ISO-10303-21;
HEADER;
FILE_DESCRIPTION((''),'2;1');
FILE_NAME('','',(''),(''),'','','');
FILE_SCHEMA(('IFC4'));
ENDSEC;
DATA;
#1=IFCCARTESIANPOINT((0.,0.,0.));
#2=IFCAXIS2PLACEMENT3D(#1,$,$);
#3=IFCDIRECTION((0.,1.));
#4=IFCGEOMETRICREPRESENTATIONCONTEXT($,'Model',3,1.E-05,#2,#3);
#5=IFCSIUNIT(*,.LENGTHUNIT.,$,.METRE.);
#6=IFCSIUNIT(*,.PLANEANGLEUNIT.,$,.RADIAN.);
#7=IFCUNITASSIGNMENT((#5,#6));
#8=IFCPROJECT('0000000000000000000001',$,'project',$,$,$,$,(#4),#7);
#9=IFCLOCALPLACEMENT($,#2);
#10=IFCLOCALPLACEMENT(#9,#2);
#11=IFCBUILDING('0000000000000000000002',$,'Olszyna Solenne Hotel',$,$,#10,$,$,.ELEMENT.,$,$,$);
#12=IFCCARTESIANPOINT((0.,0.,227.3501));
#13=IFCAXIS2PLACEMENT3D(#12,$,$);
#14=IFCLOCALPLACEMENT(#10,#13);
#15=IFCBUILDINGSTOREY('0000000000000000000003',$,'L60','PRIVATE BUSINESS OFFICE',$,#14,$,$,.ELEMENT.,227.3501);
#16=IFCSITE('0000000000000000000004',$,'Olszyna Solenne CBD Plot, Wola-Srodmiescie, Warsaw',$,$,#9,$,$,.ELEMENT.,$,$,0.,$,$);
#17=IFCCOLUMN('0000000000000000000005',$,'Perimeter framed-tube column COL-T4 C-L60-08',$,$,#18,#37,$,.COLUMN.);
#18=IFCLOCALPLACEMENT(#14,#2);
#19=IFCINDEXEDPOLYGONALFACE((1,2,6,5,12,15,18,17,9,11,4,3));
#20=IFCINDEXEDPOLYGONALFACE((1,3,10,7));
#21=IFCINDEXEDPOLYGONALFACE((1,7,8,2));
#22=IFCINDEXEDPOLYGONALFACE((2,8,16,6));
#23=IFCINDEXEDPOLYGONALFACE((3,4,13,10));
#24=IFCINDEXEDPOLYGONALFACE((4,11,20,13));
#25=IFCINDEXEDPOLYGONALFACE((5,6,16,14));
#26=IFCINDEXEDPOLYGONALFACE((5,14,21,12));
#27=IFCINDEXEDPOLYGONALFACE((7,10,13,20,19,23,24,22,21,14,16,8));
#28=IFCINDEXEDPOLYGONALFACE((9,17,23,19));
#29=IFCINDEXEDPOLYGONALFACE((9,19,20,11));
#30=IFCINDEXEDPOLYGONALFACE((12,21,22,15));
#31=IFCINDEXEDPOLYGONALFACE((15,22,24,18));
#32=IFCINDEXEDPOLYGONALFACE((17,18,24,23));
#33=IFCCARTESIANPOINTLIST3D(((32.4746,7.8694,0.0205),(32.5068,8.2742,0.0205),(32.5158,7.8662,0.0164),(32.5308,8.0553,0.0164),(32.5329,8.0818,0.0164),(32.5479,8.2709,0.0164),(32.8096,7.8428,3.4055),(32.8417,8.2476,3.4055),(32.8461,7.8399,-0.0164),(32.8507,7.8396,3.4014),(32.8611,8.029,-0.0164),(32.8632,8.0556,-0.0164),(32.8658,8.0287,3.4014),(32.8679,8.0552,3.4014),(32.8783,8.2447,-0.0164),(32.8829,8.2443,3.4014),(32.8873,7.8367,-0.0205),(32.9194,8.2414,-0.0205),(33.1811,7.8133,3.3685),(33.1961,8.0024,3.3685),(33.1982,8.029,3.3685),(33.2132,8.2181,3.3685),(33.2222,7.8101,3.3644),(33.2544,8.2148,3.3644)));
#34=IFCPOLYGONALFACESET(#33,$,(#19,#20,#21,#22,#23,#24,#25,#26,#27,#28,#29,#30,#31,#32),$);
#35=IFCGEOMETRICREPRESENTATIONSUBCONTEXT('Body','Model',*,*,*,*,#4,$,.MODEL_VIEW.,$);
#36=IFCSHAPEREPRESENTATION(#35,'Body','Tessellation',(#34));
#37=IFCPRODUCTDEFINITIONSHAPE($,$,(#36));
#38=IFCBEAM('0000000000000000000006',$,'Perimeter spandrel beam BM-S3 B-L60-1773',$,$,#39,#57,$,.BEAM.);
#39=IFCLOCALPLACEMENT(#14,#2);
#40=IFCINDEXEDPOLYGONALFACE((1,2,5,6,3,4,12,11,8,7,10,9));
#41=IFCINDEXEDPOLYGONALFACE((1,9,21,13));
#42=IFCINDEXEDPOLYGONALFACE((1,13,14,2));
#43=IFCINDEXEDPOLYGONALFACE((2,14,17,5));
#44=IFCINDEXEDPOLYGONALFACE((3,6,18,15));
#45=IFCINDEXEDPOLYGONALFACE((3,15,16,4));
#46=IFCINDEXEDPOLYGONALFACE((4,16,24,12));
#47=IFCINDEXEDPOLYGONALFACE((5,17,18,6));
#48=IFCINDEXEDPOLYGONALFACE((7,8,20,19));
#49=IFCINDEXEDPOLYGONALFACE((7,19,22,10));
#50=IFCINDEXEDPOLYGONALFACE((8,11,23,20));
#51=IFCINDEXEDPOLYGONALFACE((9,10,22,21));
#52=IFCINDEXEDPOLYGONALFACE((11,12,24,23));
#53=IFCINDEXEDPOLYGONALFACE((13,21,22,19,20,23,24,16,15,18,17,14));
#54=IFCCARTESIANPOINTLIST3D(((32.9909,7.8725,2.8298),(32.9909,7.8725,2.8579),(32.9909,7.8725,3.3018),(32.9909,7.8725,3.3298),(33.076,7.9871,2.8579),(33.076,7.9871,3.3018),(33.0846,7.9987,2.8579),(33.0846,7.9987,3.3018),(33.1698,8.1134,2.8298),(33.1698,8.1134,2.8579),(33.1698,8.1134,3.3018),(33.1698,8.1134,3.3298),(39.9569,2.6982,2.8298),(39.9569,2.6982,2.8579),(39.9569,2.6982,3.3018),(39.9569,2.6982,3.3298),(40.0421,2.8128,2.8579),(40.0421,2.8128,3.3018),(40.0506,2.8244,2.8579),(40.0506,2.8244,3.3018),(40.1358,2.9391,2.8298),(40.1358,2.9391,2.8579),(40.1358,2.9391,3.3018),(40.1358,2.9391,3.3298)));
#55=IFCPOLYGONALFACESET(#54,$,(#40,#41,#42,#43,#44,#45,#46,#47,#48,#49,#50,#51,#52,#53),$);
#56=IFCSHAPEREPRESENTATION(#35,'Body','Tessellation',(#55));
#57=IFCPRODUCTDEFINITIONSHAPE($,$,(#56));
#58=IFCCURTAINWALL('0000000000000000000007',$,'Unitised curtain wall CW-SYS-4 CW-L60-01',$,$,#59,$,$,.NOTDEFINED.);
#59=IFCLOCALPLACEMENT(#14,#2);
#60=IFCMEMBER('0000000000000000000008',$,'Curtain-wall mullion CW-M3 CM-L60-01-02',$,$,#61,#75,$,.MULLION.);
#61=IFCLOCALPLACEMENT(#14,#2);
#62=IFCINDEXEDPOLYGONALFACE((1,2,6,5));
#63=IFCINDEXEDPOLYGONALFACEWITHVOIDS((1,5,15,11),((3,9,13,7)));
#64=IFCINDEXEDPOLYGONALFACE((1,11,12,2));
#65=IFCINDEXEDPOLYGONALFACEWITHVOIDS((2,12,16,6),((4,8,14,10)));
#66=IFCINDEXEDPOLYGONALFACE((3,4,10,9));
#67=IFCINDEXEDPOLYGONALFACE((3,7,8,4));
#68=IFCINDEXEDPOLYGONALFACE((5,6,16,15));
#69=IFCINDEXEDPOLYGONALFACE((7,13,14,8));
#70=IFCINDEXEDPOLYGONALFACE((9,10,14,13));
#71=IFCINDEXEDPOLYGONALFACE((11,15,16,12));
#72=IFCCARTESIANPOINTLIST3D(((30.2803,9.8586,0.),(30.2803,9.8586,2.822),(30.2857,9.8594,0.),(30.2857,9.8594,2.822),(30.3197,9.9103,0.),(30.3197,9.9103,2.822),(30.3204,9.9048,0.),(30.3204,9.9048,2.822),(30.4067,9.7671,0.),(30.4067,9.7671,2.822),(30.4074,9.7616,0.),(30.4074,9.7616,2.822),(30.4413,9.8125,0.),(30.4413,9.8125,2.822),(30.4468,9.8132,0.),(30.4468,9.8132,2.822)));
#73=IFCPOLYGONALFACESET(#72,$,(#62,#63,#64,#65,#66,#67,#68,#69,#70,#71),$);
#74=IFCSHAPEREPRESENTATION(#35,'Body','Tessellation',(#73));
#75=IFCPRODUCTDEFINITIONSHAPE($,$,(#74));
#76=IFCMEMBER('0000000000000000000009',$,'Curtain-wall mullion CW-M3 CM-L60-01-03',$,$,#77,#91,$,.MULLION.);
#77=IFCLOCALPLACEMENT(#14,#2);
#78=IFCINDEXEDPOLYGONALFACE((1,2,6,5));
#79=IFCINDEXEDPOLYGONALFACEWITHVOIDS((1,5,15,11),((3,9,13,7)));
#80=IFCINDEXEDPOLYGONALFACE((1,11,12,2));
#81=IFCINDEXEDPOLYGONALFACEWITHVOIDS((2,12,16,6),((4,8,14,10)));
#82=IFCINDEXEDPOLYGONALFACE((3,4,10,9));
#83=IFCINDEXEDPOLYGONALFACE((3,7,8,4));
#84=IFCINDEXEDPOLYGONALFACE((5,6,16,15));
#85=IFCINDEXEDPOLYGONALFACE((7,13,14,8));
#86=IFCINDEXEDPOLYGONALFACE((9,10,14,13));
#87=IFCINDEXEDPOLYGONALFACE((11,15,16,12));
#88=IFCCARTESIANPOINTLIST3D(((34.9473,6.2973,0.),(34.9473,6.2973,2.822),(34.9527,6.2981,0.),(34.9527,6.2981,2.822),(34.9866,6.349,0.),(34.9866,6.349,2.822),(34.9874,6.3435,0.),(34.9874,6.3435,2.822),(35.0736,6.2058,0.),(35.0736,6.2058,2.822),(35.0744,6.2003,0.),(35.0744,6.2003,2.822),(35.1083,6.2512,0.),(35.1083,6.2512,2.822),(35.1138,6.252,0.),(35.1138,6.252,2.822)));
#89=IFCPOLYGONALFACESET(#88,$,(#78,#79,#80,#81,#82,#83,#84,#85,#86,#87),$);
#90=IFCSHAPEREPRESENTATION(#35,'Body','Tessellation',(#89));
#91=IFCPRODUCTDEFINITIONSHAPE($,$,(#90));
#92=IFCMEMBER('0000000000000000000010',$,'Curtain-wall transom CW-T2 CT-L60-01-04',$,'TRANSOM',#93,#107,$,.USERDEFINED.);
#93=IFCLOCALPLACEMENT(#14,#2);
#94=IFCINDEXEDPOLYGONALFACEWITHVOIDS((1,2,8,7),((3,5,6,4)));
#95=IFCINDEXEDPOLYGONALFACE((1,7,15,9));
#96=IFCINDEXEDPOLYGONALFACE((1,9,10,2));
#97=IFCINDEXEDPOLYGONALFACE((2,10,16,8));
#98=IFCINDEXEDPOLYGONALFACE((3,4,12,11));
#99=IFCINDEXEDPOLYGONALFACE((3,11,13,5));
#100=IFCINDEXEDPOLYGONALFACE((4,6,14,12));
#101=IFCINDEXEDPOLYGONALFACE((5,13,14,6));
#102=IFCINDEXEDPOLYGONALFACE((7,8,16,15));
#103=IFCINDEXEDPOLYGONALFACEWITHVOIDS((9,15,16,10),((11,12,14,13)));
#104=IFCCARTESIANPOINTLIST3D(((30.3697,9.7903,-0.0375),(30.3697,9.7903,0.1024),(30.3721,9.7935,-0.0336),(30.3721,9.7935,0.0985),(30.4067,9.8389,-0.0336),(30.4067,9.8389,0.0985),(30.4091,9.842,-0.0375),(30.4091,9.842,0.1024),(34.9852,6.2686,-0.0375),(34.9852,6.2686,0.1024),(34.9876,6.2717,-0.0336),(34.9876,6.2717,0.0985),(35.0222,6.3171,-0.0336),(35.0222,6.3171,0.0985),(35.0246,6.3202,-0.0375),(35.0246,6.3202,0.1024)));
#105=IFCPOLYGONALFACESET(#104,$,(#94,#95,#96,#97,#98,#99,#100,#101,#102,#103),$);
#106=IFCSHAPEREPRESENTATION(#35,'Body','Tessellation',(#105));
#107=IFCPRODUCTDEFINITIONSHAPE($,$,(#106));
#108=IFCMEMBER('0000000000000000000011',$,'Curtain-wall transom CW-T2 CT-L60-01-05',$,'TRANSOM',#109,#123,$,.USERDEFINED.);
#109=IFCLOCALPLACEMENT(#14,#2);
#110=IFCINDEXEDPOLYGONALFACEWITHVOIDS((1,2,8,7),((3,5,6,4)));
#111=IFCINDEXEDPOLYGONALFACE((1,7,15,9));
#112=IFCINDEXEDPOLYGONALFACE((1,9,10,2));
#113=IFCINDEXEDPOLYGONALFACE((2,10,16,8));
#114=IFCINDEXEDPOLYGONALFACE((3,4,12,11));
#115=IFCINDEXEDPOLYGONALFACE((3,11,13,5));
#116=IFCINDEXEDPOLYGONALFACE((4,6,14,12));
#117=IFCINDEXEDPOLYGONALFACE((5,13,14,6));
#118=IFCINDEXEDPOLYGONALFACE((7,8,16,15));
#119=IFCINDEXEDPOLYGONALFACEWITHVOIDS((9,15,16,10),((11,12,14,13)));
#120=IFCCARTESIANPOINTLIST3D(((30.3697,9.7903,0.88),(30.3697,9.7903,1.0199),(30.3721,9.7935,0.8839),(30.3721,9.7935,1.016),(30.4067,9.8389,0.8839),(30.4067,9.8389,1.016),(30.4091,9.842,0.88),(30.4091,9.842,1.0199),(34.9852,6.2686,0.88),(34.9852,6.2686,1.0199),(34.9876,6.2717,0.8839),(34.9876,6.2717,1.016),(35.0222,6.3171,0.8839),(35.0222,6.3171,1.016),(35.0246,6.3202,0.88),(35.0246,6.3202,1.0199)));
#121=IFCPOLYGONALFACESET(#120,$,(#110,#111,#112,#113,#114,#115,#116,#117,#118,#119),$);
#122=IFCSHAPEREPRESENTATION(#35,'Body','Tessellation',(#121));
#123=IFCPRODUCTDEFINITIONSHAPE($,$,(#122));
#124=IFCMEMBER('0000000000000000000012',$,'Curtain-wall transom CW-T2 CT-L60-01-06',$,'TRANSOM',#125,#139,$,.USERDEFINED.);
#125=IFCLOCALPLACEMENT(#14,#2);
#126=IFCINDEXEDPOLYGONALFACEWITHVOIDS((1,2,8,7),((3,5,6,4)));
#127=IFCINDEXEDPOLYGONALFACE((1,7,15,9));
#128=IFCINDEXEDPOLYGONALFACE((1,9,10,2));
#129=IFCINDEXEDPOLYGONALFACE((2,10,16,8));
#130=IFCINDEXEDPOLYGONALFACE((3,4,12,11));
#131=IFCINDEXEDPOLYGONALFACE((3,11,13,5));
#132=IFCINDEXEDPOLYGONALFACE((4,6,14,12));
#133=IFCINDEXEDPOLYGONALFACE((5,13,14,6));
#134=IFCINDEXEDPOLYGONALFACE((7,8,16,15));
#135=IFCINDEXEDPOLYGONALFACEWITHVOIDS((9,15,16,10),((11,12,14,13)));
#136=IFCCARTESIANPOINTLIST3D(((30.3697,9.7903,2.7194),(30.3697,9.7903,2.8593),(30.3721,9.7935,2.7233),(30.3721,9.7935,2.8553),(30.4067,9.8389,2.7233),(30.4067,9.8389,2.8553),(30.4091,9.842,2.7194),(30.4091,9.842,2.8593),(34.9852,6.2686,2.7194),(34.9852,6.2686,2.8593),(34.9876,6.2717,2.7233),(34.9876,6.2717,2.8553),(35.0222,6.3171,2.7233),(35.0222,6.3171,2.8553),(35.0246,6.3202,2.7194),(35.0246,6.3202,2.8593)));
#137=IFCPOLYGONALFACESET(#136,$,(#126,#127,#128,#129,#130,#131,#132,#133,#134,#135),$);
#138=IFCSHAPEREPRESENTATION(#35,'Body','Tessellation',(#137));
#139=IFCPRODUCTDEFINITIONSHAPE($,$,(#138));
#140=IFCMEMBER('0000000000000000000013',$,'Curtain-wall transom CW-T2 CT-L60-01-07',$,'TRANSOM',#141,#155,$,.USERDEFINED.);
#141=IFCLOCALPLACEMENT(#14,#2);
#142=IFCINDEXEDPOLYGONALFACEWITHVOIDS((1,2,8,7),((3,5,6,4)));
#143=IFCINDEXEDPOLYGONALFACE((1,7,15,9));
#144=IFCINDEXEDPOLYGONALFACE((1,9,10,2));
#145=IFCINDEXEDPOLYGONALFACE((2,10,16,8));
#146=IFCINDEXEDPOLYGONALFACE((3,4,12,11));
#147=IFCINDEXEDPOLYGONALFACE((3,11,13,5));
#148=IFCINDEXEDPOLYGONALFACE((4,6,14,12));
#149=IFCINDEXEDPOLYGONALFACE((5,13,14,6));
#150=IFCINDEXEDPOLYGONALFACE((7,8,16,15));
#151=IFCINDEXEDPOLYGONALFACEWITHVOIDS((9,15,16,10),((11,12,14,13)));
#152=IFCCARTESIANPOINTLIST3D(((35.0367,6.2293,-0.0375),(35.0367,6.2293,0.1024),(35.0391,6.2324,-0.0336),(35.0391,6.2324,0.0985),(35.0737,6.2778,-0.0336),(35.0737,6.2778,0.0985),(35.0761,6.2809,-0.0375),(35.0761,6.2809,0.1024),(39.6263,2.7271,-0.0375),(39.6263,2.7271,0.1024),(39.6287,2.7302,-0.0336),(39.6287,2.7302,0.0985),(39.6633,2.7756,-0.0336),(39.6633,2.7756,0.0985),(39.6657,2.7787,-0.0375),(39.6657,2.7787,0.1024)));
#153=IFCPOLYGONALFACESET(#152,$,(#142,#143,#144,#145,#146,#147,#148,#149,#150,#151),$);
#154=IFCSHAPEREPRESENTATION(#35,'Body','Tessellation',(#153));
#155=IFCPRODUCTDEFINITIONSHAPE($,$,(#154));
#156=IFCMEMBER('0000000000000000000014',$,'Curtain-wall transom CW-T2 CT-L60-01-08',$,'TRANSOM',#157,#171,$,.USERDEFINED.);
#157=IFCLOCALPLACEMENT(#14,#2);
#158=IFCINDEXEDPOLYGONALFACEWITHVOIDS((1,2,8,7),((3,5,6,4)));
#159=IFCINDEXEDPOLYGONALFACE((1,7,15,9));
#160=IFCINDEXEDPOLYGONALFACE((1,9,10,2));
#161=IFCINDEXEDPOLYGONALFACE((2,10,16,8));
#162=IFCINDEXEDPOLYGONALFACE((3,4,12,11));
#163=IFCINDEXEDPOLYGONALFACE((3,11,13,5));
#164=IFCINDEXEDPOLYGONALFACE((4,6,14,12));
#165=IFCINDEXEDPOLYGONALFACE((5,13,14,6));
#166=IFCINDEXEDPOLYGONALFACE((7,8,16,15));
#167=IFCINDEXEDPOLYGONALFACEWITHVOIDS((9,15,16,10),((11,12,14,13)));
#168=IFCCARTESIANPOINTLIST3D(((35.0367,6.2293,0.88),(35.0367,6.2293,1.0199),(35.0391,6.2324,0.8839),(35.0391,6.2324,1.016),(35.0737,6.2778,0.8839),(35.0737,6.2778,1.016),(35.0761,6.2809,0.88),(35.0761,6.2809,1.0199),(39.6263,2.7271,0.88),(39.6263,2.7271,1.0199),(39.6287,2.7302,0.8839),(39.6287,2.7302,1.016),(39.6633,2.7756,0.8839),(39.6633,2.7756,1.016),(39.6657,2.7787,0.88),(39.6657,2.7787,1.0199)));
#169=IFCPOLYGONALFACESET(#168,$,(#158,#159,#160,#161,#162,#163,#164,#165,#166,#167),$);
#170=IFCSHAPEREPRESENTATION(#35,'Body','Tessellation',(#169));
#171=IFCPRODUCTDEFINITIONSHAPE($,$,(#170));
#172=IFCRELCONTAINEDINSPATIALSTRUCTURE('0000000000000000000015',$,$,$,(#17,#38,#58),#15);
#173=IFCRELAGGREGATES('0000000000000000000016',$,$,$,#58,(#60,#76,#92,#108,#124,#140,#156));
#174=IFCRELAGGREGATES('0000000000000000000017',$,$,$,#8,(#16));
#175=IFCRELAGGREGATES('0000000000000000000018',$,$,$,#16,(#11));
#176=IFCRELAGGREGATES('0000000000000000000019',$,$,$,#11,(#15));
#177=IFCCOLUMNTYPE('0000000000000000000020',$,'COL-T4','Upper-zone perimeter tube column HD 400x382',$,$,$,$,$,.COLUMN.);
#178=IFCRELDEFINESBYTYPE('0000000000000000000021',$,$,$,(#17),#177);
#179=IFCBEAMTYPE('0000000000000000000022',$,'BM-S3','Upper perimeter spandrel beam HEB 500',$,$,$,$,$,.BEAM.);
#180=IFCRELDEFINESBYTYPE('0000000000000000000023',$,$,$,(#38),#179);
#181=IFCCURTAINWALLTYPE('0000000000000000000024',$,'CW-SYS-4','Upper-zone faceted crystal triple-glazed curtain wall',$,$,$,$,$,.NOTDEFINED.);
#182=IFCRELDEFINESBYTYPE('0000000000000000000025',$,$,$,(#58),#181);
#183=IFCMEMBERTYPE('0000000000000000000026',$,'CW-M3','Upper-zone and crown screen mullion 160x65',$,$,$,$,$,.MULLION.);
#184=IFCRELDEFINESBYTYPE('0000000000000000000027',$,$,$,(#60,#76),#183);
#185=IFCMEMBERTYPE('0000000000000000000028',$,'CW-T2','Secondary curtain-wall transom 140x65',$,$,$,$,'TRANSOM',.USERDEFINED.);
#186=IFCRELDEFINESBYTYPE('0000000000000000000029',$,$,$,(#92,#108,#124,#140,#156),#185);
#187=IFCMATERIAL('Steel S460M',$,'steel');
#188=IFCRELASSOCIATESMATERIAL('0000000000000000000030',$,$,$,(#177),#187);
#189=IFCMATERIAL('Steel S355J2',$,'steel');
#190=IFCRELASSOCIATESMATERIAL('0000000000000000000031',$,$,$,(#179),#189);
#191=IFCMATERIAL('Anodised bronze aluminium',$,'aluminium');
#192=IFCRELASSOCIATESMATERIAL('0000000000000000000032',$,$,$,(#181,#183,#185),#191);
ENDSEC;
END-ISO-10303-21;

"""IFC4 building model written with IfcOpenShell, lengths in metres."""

from ifc_helpers import new_model, si_unit, direction, frame, origin, origin_2d, place, context, subcontext, project, spatial, hollow_rectangle, i_section, extrude, source, transform, mapped, material, material_profile, profile_set, type_object, element, aggregate, save


model = new_model("IFC4")

# Units and contexts
model_context = context("Model", 3, precision=1e-05, world=origin(), true_north=direction((0.0, 1.0)))
body_context = subcontext(model_context, "Body", "Model", "MODEL_VIEW")
ifc_project = project(units=[si_unit("LENGTHUNIT", "METRE"), si_unit("PLANEANGLEUNIT", "RADIAN")], contexts=[model_context])

# Site, building, storey
site_placement = place(None, origin())
site = spatial("IfcSite", under=ifc_project, at=site_placement, Name="Olszyna Solenne CBD Plot, Wola-Srodmiescie, Warsaw", CompositionType="ELEMENT", RefElevation=0.0)
building_placement = place(site_placement, origin())
building = spatial("IfcBuilding", under=site, at=building_placement, Name="Olszyna Solenne Hotel", CompositionType="ELEMENT")
storey_placement = place(building_placement, frame((0.0, 0.0, 227.3501)))
storey = spatial("IfcBuildingStorey", under=building, at=storey_placement, Name="L60", Description="PRIVATE BUSINESS OFFICE", CompositionType="ELEMENT", Elevation=227.3501)

# Column
ifc_material_1 = material(Name="Steel S460M", Category="steel")
ifc_material_profile_1 = material_profile(ifc_material_1, i_section(OverallWidth=0.406, OverallDepth=0.416, WebThickness=0.0266, FlangeThickness=0.0415, at=origin_2d()), Name="HD 400x382", Category="load-bearing")
ifc_profile_set_1 = profile_set([ifc_material_profile_1], Name="Steel S460M")
column_type = type_object("IfcColumnType", Name="COL-T4", Description="Upper-zone perimeter tube column HD 400x382", PredefinedType="COLUMN", material=ifc_profile_set_1)
shared_shape_1 = source(origin(), body_context, "Body", "SweptSolid", [
    extrude(i_section(OverallWidth=0.406, OverallDepth=0.416, WebThickness=0.0266, FlangeThickness=0.0415, at=origin_2d()), origin(), (0.0, 0.0, 1.0), 3.4016),
])
column_placement = place(storey_placement, frame((32.697, 8.0554, 0.0), z_axis=(0.09847, -0.007823, 0.995109), x_axis=(0.079197, 0.996859, 0.0)))
element("IfcColumn", 1, at=column_placement, inside=storey, type_object=column_type, Name="Perimeter framed-tube column COL-T4 C-L60-08", PredefinedType="COLUMN", context=body_context, shape_type="MappedRepresentation", body=[
    mapped(shared_shape_1, transform((0.0, 0.0, 0.0), x_axis=(1.0, 0.0, 0.0), y_axis=(0.0, 1.0, 0.0), z_axis=(0.0, 0.0, 1.0), scale=1.0)),
])

# Beam
ifc_material_2 = material(Name="Steel S355J2", Category="steel")
ifc_material_profile_2 = material_profile(ifc_material_2, i_section(OverallWidth=0.3, OverallDepth=0.5, WebThickness=0.0144, FlangeThickness=0.0281, at=origin_2d()), Name="HEB 500", Category="load-bearing")
ifc_profile_set_2 = profile_set([ifc_material_profile_2], Name="Steel S355J2")
beam_type_1 = type_object("IfcBeamType", Name="BM-S3", Description="Upper perimeter spandrel beam HEB 500", PredefinedType="BEAM", material=ifc_profile_set_2)
shared_shape_2 = source(origin(), body_context, "Body", "SweptSolid", [
    extrude(i_section(OverallWidth=0.3, OverallDepth=0.5, WebThickness=0.0144, FlangeThickness=0.0281, at=origin_2d()), origin(), (0.0, 0.0, 1.0), 8.6775),
])
beam_1_placement = place(storey_placement, frame((33.0803, 7.9929, 3.0798), z_axis=(0.80277, -0.596289, 0.0), x_axis=(0.596289, 0.80277, 0.0)))
element("IfcBeam", 2, at=beam_1_placement, inside=storey, type_object=beam_type_1, Name="Perimeter spandrel beam BM-S3 B-L60-1773", PredefinedType="BEAM", context=body_context, shape_type="MappedRepresentation", body=[
    mapped(shared_shape_2, transform((0.0, 0.0, 0.0), x_axis=(1.0, 0.0, 0.0), y_axis=(0.0, 1.0, 0.0), z_axis=(0.0, 0.0, 1.0), scale=1.0)),
])

# Curtain wall, members
ifc_material_3 = material(Name="Anodised bronze aluminium", Category="aluminium")
curtain_wall_type = type_object("IfcCurtainWallType", Name="CW-SYS-4", Description="Upper-zone faceted crystal triple-glazed curtain wall", PredefinedType="NOTDEFINED", material=ifc_material_3)
curtain_wall_placement = place(storey_placement, origin())
curtain_wall = element("IfcCurtainWall", 3, at=curtain_wall_placement, inside=storey, type_object=curtain_wall_type, Name="Unitised curtain wall CW-SYS-4 CW-L60-01", PredefinedType="NOTDEFINED")
ifc_material_profile_3 = material_profile(ifc_material_3, hollow_rectangle(XDim=0.0649, YDim=0.1599, WallThickness=0.0039, at=origin_2d()), Name="MULL 160x65x4", Category="load-bearing")
ifc_profile_set_3 = profile_set([ifc_material_profile_3], Name="Anodised bronze aluminium")
member_type_1 = type_object("IfcMemberType", Name="CW-M3", Description="Upper-zone and crown screen mullion 160x65", PredefinedType="MULLION", material=ifc_profile_set_3)
shared_shape_3 = source(origin(), body_context, "Body", "SweptSolid", [
    extrude(hollow_rectangle(XDim=0.0649, YDim=0.1599, WallThickness=0.0039, at=origin_2d()), origin(), (0.0, 0.0, 1.0), 2.822),
])
member_1_placement = place(storey_placement, frame((30.3635, 9.8359, 0.0), z_axis=(0.0, 0.0, 1.0), x_axis=(0.606611, 0.794999, 0.0)))
member_1 = element("IfcMember", 4, at=member_1_placement, type_object=member_type_1, Name="Curtain-wall mullion CW-M3 CM-L60-01-02", PredefinedType="MULLION", context=body_context, shape_type="MappedRepresentation", body=[
    mapped(shared_shape_3, transform((0.0, 0.0, 0.0), x_axis=(1.0, 0.0, 0.0), y_axis=(0.0, 1.0, 0.0), z_axis=(0.0, 0.0, 1.0), scale=1.0)),
])
member_2_placement = place(storey_placement, frame((35.0305, 6.2747, 0.0), z_axis=(0.0, 0.0, 1.0), x_axis=(0.606611, 0.794999, 0.0)))
member_2 = element("IfcMember", 5, at=member_2_placement, type_object=member_type_1, Name="Curtain-wall mullion CW-M3 CM-L60-01-03", PredefinedType="MULLION", context=body_context, shape_type="MappedRepresentation", body=[
    mapped(shared_shape_3, transform((0.0, 0.0, 0.0), x_axis=(1.0, 0.0, 0.0), y_axis=(0.0, 1.0, 0.0), z_axis=(0.0, 0.0, 1.0), scale=1.0)),
])
ifc_material_profile_4 = material_profile(ifc_material_3, hollow_rectangle(XDim=0.0649, YDim=0.1399, WallThickness=0.0039, at=origin_2d()), Name="TRAN 140x65x4", Category="load-bearing")
ifc_profile_set_4 = profile_set([ifc_material_profile_4], Name="Anodised bronze aluminium")
member_type_2 = type_object("IfcMemberType", Name="CW-T2", Description="Secondary curtain-wall transom 140x65", ElementType="TRANSOM", PredefinedType="USERDEFINED", material=ifc_profile_set_4)
shared_shape_4 = source(origin(), body_context, "Body", "SweptSolid", [
    extrude(hollow_rectangle(XDim=0.0649, YDim=0.1399, WallThickness=0.0039, at=origin_2d()), origin(), (0.0, 0.0, 1.0), 5.8057),
])
member_3_placement = place(storey_placement, frame((30.3894, 9.8162, 0.0325), z_axis=(0.795002, -0.606607, 0.0), x_axis=(0.606607, 0.795002, 0.0)))
member_3 = element("IfcMember", 6, at=member_3_placement, type_object=member_type_2, Name="Curtain-wall transom CW-T2 CT-L60-01-04", ObjectType="TRANSOM", PredefinedType="USERDEFINED", context=body_context, shape_type="MappedRepresentation", body=[
    mapped(shared_shape_4, transform((0.0, 0.0, 0.0), x_axis=(1.0, 0.0, 0.0), y_axis=(0.0, 1.0, 0.0), z_axis=(0.0, 0.0, 1.0), scale=1.0)),
])
member_4_placement = place(storey_placement, frame((30.3894, 9.8162, 0.95), z_axis=(0.795002, -0.606607, 0.0), x_axis=(0.606607, 0.795002, 0.0)))
member_4 = element("IfcMember", 7, at=member_4_placement, type_object=member_type_2, Name="Curtain-wall transom CW-T2 CT-L60-01-05", ObjectType="TRANSOM", PredefinedType="USERDEFINED", context=body_context, shape_type="MappedRepresentation", body=[
    mapped(shared_shape_4, transform((0.0, 0.0, 0.0), x_axis=(1.0, 0.0, 0.0), y_axis=(0.0, 1.0, 0.0), z_axis=(0.0, 0.0, 1.0), scale=1.0)),
])
member_5_placement = place(storey_placement, frame((30.3894, 9.8162, 2.7893), z_axis=(0.795002, -0.606607, 0.0), x_axis=(0.606607, 0.795002, 0.0)))
member_5 = element("IfcMember", 8, at=member_5_placement, type_object=member_type_2, Name="Curtain-wall transom CW-T2 CT-L60-01-06", ObjectType="TRANSOM", PredefinedType="USERDEFINED", context=body_context, shape_type="MappedRepresentation", body=[
    mapped(shared_shape_4, transform((0.0, 0.0, 0.0), x_axis=(1.0, 0.0, 0.0), y_axis=(0.0, 1.0, 0.0), z_axis=(0.0, 0.0, 1.0), scale=1.0)),
])
shared_shape_5 = source(origin(), body_context, "Body", "SweptSolid", [
    extrude(hollow_rectangle(XDim=0.0649, YDim=0.1399, WallThickness=0.0039, at=origin_2d()), origin(), (0.0, 0.0, 1.0), 5.7732),
])
member_6_placement = place(storey_placement, frame((35.0564, 6.2551, 0.0325), z_axis=(0.794984, -0.60663, 0.0), x_axis=(0.60663, 0.794984, 0.0)))
member_6 = element("IfcMember", 9, at=member_6_placement, type_object=member_type_2, Name="Curtain-wall transom CW-T2 CT-L60-01-07", ObjectType="TRANSOM", PredefinedType="USERDEFINED", context=body_context, shape_type="MappedRepresentation", body=[
    mapped(shared_shape_5, transform((0.0, 0.0, 0.0), x_axis=(1.0, 0.0, 0.0), y_axis=(0.0, 1.0, 0.0), z_axis=(0.0, 0.0, 1.0), scale=1.0)),
])
member_7_placement = place(storey_placement, frame((35.0564, 6.2551, 0.95), z_axis=(0.794984, -0.60663, 0.0), x_axis=(0.60663, 0.794984, 0.0)))
member_7 = element("IfcMember", 10, at=member_7_placement, type_object=member_type_2, Name="Curtain-wall transom CW-T2 CT-L60-01-08", ObjectType="TRANSOM", PredefinedType="USERDEFINED", context=body_context, shape_type="MappedRepresentation", body=[
    mapped(shared_shape_5, transform((0.0, 0.0, 0.0), x_axis=(1.0, 0.0, 0.0), y_axis=(0.0, 1.0, 0.0), z_axis=(0.0, 0.0, 1.0), scale=1.0)),
])

aggregate(curtain_wall, [member_1, member_2, member_3, member_4, member_5, member_6, member_7])

save(model, "model.ifc")
